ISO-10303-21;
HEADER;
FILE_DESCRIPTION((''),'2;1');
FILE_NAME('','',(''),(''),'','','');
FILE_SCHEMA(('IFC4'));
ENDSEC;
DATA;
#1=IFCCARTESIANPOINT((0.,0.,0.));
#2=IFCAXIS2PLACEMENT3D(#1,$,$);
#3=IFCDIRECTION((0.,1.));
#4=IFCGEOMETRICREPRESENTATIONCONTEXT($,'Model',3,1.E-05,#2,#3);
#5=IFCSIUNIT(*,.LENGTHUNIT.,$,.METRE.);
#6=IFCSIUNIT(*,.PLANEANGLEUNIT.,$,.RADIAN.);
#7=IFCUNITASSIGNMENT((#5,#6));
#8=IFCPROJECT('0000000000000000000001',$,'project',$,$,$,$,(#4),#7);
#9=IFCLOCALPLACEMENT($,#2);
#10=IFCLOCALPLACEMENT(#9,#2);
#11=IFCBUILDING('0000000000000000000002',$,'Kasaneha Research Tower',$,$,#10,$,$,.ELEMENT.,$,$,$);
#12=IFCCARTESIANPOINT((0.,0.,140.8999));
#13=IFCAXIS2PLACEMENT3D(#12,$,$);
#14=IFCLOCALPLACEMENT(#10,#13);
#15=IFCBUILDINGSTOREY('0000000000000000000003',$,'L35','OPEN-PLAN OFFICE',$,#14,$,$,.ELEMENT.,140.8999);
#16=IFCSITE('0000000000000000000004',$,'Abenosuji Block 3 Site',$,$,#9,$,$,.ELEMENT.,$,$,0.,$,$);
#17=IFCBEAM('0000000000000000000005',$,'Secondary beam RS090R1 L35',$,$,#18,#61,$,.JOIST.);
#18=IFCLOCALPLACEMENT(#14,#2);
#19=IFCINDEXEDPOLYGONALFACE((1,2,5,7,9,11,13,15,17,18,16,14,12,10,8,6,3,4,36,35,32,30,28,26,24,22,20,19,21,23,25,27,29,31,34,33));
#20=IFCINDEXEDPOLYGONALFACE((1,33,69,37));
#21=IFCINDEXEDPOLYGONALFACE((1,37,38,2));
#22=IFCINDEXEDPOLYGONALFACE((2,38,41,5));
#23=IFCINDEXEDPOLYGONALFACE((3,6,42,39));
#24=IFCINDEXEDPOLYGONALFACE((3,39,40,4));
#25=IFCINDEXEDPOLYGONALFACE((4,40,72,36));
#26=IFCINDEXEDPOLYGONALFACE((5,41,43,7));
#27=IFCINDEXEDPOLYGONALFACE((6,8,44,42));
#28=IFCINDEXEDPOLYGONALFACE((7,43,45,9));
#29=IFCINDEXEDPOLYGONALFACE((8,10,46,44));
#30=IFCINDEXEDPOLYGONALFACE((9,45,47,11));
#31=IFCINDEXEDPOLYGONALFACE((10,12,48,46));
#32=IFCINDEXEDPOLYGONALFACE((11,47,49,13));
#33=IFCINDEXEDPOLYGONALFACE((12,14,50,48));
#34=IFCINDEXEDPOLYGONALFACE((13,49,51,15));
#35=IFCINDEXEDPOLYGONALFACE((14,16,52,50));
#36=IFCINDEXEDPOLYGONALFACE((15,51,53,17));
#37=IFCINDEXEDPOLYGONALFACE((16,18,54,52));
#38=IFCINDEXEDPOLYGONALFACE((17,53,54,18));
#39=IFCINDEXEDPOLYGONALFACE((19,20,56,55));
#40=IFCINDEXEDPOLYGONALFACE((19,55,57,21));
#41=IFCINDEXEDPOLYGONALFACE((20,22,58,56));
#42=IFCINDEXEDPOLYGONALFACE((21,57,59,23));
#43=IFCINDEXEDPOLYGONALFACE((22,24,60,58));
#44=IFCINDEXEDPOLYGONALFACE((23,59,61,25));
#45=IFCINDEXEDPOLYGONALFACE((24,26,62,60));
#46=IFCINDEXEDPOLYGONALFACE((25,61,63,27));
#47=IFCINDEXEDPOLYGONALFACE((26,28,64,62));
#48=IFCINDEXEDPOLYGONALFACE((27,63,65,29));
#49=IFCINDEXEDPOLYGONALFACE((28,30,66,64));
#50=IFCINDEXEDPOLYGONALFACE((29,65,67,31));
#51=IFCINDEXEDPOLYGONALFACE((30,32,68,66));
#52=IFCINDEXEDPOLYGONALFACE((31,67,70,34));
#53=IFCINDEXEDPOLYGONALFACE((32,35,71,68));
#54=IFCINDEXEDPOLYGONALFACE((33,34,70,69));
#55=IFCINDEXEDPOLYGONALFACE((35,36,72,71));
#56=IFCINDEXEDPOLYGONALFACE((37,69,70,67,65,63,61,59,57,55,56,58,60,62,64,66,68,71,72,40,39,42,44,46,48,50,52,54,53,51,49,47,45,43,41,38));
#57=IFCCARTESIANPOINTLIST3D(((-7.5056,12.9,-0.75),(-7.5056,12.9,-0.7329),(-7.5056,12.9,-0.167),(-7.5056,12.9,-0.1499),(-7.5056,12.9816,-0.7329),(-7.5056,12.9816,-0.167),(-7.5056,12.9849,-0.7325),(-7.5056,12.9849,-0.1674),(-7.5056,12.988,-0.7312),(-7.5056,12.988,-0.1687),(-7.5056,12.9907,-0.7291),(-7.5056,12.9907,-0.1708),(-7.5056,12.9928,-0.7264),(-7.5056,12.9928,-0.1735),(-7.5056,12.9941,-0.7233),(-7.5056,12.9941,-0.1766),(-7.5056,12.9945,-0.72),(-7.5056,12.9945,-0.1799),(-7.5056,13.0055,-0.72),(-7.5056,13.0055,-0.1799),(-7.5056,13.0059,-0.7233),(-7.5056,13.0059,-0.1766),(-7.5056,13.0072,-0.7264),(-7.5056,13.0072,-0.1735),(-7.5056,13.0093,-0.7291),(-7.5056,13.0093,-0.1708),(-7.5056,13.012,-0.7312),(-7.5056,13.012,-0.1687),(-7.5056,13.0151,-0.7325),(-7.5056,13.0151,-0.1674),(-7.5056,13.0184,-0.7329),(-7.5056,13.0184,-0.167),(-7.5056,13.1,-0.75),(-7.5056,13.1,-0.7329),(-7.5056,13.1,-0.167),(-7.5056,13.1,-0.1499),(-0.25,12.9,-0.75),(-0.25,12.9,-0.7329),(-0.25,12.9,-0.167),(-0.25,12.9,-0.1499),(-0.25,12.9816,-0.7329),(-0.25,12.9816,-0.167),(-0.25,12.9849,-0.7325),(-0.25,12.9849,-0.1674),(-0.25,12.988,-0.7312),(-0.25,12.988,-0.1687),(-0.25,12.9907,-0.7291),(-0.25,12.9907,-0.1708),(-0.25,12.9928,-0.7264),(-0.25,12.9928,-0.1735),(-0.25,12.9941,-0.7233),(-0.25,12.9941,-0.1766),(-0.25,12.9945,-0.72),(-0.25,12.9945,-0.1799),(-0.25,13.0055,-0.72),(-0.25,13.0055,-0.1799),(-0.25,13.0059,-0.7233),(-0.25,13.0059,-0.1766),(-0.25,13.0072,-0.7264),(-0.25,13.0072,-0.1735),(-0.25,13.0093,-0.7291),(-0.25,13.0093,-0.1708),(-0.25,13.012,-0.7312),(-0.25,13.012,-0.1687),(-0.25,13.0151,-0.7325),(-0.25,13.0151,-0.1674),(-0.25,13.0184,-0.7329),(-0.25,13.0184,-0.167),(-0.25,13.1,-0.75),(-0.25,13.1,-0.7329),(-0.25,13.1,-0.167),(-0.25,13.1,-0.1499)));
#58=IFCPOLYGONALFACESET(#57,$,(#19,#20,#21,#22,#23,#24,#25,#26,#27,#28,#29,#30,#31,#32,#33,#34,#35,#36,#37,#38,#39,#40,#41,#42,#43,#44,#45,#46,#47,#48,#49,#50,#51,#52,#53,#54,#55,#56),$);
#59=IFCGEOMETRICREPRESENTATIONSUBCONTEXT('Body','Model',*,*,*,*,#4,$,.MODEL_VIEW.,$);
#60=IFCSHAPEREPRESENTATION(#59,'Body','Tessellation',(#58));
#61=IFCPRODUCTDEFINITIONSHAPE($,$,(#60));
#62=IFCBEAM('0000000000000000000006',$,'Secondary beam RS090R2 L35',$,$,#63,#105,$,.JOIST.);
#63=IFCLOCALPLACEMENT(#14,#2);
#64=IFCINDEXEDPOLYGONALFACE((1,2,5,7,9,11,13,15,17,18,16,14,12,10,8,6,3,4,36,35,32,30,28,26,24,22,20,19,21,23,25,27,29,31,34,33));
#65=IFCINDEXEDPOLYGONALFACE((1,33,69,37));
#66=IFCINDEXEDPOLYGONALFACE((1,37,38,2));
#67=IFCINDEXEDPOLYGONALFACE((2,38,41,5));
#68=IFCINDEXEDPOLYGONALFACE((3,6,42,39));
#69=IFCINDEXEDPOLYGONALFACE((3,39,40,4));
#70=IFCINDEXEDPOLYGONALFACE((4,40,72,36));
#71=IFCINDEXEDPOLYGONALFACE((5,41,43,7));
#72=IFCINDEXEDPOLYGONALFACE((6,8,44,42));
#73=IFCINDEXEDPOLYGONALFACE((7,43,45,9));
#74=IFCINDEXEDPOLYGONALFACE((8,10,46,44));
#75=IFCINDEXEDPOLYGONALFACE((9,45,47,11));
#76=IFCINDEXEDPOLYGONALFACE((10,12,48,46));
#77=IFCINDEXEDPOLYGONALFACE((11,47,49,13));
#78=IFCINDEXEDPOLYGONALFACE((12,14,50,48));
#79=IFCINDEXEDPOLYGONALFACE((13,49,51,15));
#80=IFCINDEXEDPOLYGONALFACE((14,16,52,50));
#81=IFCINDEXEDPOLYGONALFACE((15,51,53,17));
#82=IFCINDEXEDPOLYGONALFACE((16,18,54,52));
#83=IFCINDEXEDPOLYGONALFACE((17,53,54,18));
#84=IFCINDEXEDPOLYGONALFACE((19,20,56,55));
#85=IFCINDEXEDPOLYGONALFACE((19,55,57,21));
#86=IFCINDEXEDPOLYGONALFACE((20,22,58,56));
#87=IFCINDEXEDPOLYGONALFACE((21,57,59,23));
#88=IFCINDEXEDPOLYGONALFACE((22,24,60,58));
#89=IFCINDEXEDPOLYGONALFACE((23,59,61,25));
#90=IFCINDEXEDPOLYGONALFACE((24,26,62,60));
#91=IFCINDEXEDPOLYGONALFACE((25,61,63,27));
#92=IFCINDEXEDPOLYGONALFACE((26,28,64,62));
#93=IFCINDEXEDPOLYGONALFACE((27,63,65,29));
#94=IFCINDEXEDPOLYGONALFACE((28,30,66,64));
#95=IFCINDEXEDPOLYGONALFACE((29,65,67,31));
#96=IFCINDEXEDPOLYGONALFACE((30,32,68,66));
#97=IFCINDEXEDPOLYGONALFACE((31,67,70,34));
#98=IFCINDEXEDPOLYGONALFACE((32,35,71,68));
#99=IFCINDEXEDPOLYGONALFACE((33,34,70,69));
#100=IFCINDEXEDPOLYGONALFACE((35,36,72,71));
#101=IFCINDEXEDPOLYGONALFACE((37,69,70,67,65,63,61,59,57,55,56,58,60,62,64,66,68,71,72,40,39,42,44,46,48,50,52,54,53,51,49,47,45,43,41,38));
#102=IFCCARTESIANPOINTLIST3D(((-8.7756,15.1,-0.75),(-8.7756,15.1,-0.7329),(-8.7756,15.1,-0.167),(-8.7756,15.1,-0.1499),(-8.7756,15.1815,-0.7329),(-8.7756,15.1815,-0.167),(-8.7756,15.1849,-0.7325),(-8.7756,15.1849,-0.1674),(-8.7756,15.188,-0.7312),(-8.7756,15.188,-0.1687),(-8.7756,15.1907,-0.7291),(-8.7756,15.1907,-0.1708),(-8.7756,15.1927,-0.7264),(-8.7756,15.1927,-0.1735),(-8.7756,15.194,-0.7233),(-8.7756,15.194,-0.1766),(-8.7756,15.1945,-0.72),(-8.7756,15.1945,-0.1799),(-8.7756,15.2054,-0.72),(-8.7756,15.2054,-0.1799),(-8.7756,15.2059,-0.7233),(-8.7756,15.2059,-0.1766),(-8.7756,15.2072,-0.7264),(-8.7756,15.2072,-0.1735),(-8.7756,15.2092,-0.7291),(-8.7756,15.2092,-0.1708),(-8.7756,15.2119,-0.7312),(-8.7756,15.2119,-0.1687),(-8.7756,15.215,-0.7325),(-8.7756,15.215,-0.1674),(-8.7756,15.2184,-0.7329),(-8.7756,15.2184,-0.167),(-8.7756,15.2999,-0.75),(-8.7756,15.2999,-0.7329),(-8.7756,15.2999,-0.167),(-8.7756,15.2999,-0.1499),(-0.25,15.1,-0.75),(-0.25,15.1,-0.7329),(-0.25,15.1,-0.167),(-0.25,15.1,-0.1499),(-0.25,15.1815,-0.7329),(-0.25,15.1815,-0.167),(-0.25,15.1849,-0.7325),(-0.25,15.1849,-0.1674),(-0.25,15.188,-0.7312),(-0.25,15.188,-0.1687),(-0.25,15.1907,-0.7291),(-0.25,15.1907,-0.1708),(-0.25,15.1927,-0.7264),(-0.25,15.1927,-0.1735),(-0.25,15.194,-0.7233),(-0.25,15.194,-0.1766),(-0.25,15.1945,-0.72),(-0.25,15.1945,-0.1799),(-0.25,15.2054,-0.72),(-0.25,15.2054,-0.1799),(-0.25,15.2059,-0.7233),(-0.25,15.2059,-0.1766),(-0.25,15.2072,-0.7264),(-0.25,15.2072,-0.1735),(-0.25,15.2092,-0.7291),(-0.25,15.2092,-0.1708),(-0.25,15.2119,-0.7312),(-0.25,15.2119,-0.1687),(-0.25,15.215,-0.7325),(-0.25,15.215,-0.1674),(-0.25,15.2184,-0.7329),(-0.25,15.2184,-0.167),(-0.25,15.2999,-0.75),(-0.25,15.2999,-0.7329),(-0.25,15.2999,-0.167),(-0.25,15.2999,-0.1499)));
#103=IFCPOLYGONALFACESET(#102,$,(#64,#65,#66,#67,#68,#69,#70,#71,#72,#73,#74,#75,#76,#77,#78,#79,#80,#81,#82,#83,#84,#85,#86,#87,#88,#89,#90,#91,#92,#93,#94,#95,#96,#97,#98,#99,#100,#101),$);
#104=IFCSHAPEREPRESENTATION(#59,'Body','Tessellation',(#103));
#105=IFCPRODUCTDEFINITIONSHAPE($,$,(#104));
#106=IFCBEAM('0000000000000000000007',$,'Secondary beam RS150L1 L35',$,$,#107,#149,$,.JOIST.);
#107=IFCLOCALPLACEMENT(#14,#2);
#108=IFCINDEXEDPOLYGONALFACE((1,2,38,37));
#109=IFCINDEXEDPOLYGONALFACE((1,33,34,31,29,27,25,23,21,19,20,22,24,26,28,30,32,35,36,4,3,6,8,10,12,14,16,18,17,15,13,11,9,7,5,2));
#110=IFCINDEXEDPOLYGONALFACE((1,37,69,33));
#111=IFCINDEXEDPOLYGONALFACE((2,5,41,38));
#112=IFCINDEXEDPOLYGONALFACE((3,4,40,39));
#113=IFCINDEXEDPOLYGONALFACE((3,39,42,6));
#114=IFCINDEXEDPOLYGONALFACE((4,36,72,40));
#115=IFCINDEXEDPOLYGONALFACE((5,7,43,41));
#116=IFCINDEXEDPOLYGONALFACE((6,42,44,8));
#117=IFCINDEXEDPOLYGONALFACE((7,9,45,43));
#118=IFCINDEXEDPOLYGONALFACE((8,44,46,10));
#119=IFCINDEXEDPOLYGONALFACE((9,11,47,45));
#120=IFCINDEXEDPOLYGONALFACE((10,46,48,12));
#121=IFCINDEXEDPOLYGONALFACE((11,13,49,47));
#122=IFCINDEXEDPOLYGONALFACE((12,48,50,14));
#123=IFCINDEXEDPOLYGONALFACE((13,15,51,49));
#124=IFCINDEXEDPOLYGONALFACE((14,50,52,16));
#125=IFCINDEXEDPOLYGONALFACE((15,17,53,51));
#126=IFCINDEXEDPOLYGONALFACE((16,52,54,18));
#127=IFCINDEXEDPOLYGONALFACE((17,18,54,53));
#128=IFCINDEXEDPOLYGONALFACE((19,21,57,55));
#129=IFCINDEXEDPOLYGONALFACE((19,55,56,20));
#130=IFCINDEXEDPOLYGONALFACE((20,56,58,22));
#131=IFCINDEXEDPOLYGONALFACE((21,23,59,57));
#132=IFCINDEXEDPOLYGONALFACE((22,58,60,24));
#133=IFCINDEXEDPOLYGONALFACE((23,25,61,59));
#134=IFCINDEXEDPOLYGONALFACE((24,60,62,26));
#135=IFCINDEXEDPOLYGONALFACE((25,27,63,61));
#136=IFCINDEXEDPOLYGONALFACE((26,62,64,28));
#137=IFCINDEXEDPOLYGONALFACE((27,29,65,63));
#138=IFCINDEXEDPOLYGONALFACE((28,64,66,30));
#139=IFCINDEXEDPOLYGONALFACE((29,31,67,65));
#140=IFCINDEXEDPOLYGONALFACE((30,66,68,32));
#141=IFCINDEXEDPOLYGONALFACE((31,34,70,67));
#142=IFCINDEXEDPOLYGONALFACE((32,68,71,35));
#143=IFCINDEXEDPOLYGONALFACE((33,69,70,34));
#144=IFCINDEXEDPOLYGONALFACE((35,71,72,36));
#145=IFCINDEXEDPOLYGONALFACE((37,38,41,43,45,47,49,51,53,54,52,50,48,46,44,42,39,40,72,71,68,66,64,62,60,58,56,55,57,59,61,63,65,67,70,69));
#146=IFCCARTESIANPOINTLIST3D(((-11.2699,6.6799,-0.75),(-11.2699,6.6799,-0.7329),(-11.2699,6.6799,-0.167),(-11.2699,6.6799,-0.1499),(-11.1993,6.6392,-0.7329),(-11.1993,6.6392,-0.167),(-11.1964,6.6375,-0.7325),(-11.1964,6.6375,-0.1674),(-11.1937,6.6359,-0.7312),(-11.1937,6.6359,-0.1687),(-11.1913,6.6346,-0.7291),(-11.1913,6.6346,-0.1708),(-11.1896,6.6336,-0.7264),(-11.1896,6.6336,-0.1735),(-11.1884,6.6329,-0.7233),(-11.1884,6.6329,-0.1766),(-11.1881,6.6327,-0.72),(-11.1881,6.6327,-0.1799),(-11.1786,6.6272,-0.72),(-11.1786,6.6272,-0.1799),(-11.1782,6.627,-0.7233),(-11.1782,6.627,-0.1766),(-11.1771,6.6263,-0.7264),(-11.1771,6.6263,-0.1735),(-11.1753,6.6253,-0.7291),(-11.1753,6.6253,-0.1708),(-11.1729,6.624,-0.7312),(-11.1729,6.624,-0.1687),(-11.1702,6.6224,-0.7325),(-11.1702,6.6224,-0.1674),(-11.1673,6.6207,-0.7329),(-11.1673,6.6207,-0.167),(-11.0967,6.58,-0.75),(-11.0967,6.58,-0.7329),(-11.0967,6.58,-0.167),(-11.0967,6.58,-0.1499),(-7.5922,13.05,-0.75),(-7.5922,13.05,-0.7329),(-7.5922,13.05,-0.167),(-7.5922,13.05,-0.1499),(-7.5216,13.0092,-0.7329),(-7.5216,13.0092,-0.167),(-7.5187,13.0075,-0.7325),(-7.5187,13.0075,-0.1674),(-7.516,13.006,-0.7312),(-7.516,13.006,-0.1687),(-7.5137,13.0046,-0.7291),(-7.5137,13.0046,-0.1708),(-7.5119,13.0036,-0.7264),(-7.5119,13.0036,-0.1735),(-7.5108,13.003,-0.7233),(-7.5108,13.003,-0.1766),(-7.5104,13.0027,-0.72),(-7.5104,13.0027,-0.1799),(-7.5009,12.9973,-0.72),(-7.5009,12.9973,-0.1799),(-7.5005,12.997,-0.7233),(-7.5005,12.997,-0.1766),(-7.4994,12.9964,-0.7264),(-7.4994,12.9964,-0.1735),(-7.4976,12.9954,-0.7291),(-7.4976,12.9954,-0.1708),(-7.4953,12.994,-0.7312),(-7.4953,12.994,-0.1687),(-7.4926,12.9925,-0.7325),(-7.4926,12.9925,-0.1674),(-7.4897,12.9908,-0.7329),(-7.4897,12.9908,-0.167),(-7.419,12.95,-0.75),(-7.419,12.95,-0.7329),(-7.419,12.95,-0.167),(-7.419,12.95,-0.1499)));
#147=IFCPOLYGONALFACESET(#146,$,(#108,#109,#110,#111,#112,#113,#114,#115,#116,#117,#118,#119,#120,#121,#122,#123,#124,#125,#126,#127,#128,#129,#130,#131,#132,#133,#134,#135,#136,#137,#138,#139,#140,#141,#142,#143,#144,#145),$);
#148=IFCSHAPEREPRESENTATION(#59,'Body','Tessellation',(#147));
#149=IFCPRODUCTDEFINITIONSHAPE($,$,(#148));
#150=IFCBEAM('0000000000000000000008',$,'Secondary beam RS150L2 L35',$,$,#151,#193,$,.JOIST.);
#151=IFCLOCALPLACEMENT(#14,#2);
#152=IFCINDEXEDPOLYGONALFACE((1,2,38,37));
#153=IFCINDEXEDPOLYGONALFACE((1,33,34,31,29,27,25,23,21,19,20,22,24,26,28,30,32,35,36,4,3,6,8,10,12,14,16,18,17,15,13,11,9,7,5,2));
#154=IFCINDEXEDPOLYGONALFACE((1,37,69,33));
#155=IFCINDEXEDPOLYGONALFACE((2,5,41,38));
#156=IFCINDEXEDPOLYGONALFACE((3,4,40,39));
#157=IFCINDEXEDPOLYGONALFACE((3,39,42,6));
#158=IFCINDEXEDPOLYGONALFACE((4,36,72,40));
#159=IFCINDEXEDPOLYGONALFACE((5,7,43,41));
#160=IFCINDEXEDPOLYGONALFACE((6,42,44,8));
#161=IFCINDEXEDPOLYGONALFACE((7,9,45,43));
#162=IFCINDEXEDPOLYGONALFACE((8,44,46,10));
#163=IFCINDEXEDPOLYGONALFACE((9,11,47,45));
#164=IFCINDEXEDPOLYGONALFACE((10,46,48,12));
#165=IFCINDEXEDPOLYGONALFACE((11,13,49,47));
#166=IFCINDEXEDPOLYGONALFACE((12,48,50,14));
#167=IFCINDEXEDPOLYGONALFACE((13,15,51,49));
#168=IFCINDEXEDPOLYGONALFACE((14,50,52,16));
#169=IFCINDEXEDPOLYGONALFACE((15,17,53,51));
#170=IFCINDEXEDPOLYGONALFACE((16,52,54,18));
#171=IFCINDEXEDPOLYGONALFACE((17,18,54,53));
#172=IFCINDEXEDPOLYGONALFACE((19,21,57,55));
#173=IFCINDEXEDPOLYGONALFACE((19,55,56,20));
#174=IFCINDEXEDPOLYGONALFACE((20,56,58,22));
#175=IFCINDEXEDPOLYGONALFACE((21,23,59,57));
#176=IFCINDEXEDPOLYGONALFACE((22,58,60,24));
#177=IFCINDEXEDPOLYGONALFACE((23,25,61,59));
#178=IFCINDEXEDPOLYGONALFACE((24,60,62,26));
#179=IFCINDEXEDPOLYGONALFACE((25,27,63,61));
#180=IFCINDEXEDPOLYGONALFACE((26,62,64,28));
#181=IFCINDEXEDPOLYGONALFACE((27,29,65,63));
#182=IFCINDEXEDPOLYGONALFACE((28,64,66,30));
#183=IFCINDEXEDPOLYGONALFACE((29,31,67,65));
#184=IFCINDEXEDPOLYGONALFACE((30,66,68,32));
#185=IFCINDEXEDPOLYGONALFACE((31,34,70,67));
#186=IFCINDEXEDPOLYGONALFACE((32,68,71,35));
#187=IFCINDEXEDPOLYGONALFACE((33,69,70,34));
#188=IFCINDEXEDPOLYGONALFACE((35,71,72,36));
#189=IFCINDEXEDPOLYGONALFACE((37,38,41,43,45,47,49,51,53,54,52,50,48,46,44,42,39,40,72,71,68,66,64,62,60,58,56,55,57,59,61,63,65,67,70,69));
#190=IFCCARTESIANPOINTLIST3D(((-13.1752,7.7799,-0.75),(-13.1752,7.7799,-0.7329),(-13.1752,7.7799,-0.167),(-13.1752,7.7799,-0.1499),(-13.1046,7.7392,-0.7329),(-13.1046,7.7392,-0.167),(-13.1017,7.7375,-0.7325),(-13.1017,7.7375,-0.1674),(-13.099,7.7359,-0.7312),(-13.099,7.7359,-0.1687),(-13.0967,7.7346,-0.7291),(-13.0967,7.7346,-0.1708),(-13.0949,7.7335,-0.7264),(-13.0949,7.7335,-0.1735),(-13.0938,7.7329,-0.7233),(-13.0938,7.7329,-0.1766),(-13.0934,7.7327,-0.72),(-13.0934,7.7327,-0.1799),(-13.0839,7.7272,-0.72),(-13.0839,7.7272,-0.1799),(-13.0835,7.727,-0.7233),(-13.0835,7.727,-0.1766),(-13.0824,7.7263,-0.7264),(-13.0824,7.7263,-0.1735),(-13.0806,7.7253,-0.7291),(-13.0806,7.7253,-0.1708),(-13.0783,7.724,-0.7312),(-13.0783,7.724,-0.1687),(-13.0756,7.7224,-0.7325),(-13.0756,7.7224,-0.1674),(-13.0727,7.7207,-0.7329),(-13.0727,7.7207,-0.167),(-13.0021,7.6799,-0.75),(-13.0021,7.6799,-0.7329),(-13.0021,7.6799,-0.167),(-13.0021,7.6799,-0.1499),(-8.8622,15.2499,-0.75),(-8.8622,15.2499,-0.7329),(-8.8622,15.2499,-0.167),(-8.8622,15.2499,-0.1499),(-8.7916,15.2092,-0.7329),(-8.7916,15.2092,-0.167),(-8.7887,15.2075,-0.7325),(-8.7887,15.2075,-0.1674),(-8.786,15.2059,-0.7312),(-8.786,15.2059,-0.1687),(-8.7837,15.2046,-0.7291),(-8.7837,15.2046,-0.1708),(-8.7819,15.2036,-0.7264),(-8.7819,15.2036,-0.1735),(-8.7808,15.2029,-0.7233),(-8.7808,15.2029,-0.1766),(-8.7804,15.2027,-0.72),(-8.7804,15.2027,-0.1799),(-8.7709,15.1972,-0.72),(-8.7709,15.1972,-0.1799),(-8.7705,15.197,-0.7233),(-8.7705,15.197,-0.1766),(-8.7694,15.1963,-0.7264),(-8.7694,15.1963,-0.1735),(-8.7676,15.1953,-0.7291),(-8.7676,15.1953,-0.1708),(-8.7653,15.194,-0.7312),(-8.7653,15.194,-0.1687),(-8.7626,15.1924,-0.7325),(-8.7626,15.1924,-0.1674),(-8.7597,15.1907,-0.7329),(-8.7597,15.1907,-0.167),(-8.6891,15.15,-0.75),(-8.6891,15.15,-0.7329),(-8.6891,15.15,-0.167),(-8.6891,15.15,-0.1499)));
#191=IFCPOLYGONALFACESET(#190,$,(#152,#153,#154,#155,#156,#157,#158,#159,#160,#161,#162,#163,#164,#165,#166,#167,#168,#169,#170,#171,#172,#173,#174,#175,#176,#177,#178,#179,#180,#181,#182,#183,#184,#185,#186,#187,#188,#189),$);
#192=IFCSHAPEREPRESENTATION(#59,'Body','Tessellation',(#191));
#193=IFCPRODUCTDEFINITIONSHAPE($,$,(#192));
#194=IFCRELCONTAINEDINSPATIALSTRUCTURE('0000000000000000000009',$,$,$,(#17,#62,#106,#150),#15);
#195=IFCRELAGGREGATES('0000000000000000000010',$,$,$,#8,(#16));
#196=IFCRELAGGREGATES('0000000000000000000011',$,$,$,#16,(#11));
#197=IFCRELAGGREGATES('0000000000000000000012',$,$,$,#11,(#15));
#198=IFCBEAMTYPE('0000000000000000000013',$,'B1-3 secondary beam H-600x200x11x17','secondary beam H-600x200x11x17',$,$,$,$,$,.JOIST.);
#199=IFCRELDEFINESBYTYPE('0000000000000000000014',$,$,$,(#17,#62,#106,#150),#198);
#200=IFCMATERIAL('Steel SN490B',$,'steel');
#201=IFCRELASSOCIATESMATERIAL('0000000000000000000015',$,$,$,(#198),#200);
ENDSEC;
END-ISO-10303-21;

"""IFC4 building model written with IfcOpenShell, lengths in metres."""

from ifc_helpers import new_model, si_unit, direction, frame, origin, origin_2d, place, context, subcontext, project, spatial, i_section, extrude, material, material_profile, profile_set, type_object, element, save


model = new_model("IFC4")

# Units and contexts
model_context = context("Model", 3, precision=1e-05, world=origin(), true_north=direction((0.0, 1.0)))
body_context = subcontext(model_context, "Body", "Model", "MODEL_VIEW")
ifc_project = project(units=[si_unit("LENGTHUNIT", "METRE"), si_unit("PLANEANGLEUNIT", "RADIAN")], contexts=[model_context])

# Site, building, storey
site_placement = place(None, origin())
site = spatial("IfcSite", under=ifc_project, at=site_placement, Name="Abenosuji Block 3 Site", CompositionType="ELEMENT", RefElevation=0.0)
building_placement = place(site_placement, origin())
building = spatial("IfcBuilding", under=site, at=building_placement, Name="Kasaneha Research Tower", CompositionType="ELEMENT")
storey_placement = place(building_placement, frame((0.0, 0.0, 140.8999)))
storey = spatial("IfcBuildingStorey", under=building, at=storey_placement, Name="L35", Description="OPEN-PLAN OFFICE", CompositionType="ELEMENT", Elevation=140.8999)

# Beams
ifc_material_1 = material(Name="Steel SN490B", Category="steel")
ifc_material_profile_1 = material_profile(ifc_material_1, i_section(OverallWidth=0.2, OverallDepth=0.6001, WebThickness=0.011, FlangeThickness=0.0171, FilletRadius=0.0129, at=origin_2d()), Name="H-600x200x11x17")
ifc_profile_set_1 = profile_set([ifc_material_profile_1], Name="Steel SN490B")
beam_type_1 = type_object("IfcBeamType", Name="B1-3 secondary beam H-600x200x11x17", Description="secondary beam H-600x200x11x17", PredefinedType="JOIST", material=ifc_profile_set_1)
beam_1_placement = place(storey_placement, frame((-7.5056, 13.0, -0.45), z_axis=(1.0, 0.0, 0.0), x_axis=(0.0, 1.0, 0.0)))
element("IfcBeam", 1, at=beam_1_placement, inside=storey, type_object=beam_type_1, Name="Secondary beam RS090R1 L35", PredefinedType="JOIST", context=body_context, shape_type="SweptSolid", body=[
    extrude(i_section(OverallWidth=0.2, OverallDepth=0.6001, WebThickness=0.011, FlangeThickness=0.0171, FilletRadius=0.0129, at=origin_2d()), origin(), (0.0, 0.0, 1.0), 7.2556),
])
beam_2_placement = place(storey_placement, frame((-8.7756, 15.2, -0.45), z_axis=(1.0, 0.0, 0.0), x_axis=(0.0, 1.0, 0.0)))
element("IfcBeam", 2, at=beam_2_placement, inside=storey, type_object=beam_type_1, Name="Secondary beam RS090R2 L35", PredefinedType="JOIST", context=body_context, shape_type="SweptSolid", body=[
    extrude(i_section(OverallWidth=0.2, OverallDepth=0.6001, WebThickness=0.011, FlangeThickness=0.0171, FilletRadius=0.0129, at=origin_2d()), origin(), (0.0, 0.0, 1.0), 8.5256),
])
beam_3_placement = place(storey_placement, frame((-7.5056, 13.0, -0.45), z_axis=(-0.499994, -0.866029, 0.0), x_axis=(0.866029, -0.499994, 0.0)))
element("IfcBeam", 3, at=beam_3_placement, inside=storey, type_object=beam_type_1, Name="Secondary beam RS150L1 L35", PredefinedType="JOIST", context=body_context, shape_type="SweptSolid", body=[
    extrude(i_section(OverallWidth=0.2, OverallDepth=0.6001, WebThickness=0.011, FlangeThickness=0.0171, FilletRadius=0.0129, at=origin_2d()), origin(), (0.0, 0.0, 1.0), 7.3555),
])
beam_4_placement = place(storey_placement, frame((-8.7756, 15.2, -0.45), z_axis=(-0.500017, -0.866015, 0.0), x_axis=(0.866015, -0.500017, 0.0)))
element("IfcBeam", 4, at=beam_4_placement, inside=storey, type_object=beam_type_1, Name="Secondary beam RS150L2 L35", PredefinedType="JOIST", context=body_context, shape_type="SweptSolid", body=[
    extrude(i_section(OverallWidth=0.2, OverallDepth=0.6001, WebThickness=0.011, FlangeThickness=0.0171, FilletRadius=0.0129, at=origin_2d()), origin(), (0.0, 0.0, 1.0), 8.6257),
])

save(model, "model.ifc")
